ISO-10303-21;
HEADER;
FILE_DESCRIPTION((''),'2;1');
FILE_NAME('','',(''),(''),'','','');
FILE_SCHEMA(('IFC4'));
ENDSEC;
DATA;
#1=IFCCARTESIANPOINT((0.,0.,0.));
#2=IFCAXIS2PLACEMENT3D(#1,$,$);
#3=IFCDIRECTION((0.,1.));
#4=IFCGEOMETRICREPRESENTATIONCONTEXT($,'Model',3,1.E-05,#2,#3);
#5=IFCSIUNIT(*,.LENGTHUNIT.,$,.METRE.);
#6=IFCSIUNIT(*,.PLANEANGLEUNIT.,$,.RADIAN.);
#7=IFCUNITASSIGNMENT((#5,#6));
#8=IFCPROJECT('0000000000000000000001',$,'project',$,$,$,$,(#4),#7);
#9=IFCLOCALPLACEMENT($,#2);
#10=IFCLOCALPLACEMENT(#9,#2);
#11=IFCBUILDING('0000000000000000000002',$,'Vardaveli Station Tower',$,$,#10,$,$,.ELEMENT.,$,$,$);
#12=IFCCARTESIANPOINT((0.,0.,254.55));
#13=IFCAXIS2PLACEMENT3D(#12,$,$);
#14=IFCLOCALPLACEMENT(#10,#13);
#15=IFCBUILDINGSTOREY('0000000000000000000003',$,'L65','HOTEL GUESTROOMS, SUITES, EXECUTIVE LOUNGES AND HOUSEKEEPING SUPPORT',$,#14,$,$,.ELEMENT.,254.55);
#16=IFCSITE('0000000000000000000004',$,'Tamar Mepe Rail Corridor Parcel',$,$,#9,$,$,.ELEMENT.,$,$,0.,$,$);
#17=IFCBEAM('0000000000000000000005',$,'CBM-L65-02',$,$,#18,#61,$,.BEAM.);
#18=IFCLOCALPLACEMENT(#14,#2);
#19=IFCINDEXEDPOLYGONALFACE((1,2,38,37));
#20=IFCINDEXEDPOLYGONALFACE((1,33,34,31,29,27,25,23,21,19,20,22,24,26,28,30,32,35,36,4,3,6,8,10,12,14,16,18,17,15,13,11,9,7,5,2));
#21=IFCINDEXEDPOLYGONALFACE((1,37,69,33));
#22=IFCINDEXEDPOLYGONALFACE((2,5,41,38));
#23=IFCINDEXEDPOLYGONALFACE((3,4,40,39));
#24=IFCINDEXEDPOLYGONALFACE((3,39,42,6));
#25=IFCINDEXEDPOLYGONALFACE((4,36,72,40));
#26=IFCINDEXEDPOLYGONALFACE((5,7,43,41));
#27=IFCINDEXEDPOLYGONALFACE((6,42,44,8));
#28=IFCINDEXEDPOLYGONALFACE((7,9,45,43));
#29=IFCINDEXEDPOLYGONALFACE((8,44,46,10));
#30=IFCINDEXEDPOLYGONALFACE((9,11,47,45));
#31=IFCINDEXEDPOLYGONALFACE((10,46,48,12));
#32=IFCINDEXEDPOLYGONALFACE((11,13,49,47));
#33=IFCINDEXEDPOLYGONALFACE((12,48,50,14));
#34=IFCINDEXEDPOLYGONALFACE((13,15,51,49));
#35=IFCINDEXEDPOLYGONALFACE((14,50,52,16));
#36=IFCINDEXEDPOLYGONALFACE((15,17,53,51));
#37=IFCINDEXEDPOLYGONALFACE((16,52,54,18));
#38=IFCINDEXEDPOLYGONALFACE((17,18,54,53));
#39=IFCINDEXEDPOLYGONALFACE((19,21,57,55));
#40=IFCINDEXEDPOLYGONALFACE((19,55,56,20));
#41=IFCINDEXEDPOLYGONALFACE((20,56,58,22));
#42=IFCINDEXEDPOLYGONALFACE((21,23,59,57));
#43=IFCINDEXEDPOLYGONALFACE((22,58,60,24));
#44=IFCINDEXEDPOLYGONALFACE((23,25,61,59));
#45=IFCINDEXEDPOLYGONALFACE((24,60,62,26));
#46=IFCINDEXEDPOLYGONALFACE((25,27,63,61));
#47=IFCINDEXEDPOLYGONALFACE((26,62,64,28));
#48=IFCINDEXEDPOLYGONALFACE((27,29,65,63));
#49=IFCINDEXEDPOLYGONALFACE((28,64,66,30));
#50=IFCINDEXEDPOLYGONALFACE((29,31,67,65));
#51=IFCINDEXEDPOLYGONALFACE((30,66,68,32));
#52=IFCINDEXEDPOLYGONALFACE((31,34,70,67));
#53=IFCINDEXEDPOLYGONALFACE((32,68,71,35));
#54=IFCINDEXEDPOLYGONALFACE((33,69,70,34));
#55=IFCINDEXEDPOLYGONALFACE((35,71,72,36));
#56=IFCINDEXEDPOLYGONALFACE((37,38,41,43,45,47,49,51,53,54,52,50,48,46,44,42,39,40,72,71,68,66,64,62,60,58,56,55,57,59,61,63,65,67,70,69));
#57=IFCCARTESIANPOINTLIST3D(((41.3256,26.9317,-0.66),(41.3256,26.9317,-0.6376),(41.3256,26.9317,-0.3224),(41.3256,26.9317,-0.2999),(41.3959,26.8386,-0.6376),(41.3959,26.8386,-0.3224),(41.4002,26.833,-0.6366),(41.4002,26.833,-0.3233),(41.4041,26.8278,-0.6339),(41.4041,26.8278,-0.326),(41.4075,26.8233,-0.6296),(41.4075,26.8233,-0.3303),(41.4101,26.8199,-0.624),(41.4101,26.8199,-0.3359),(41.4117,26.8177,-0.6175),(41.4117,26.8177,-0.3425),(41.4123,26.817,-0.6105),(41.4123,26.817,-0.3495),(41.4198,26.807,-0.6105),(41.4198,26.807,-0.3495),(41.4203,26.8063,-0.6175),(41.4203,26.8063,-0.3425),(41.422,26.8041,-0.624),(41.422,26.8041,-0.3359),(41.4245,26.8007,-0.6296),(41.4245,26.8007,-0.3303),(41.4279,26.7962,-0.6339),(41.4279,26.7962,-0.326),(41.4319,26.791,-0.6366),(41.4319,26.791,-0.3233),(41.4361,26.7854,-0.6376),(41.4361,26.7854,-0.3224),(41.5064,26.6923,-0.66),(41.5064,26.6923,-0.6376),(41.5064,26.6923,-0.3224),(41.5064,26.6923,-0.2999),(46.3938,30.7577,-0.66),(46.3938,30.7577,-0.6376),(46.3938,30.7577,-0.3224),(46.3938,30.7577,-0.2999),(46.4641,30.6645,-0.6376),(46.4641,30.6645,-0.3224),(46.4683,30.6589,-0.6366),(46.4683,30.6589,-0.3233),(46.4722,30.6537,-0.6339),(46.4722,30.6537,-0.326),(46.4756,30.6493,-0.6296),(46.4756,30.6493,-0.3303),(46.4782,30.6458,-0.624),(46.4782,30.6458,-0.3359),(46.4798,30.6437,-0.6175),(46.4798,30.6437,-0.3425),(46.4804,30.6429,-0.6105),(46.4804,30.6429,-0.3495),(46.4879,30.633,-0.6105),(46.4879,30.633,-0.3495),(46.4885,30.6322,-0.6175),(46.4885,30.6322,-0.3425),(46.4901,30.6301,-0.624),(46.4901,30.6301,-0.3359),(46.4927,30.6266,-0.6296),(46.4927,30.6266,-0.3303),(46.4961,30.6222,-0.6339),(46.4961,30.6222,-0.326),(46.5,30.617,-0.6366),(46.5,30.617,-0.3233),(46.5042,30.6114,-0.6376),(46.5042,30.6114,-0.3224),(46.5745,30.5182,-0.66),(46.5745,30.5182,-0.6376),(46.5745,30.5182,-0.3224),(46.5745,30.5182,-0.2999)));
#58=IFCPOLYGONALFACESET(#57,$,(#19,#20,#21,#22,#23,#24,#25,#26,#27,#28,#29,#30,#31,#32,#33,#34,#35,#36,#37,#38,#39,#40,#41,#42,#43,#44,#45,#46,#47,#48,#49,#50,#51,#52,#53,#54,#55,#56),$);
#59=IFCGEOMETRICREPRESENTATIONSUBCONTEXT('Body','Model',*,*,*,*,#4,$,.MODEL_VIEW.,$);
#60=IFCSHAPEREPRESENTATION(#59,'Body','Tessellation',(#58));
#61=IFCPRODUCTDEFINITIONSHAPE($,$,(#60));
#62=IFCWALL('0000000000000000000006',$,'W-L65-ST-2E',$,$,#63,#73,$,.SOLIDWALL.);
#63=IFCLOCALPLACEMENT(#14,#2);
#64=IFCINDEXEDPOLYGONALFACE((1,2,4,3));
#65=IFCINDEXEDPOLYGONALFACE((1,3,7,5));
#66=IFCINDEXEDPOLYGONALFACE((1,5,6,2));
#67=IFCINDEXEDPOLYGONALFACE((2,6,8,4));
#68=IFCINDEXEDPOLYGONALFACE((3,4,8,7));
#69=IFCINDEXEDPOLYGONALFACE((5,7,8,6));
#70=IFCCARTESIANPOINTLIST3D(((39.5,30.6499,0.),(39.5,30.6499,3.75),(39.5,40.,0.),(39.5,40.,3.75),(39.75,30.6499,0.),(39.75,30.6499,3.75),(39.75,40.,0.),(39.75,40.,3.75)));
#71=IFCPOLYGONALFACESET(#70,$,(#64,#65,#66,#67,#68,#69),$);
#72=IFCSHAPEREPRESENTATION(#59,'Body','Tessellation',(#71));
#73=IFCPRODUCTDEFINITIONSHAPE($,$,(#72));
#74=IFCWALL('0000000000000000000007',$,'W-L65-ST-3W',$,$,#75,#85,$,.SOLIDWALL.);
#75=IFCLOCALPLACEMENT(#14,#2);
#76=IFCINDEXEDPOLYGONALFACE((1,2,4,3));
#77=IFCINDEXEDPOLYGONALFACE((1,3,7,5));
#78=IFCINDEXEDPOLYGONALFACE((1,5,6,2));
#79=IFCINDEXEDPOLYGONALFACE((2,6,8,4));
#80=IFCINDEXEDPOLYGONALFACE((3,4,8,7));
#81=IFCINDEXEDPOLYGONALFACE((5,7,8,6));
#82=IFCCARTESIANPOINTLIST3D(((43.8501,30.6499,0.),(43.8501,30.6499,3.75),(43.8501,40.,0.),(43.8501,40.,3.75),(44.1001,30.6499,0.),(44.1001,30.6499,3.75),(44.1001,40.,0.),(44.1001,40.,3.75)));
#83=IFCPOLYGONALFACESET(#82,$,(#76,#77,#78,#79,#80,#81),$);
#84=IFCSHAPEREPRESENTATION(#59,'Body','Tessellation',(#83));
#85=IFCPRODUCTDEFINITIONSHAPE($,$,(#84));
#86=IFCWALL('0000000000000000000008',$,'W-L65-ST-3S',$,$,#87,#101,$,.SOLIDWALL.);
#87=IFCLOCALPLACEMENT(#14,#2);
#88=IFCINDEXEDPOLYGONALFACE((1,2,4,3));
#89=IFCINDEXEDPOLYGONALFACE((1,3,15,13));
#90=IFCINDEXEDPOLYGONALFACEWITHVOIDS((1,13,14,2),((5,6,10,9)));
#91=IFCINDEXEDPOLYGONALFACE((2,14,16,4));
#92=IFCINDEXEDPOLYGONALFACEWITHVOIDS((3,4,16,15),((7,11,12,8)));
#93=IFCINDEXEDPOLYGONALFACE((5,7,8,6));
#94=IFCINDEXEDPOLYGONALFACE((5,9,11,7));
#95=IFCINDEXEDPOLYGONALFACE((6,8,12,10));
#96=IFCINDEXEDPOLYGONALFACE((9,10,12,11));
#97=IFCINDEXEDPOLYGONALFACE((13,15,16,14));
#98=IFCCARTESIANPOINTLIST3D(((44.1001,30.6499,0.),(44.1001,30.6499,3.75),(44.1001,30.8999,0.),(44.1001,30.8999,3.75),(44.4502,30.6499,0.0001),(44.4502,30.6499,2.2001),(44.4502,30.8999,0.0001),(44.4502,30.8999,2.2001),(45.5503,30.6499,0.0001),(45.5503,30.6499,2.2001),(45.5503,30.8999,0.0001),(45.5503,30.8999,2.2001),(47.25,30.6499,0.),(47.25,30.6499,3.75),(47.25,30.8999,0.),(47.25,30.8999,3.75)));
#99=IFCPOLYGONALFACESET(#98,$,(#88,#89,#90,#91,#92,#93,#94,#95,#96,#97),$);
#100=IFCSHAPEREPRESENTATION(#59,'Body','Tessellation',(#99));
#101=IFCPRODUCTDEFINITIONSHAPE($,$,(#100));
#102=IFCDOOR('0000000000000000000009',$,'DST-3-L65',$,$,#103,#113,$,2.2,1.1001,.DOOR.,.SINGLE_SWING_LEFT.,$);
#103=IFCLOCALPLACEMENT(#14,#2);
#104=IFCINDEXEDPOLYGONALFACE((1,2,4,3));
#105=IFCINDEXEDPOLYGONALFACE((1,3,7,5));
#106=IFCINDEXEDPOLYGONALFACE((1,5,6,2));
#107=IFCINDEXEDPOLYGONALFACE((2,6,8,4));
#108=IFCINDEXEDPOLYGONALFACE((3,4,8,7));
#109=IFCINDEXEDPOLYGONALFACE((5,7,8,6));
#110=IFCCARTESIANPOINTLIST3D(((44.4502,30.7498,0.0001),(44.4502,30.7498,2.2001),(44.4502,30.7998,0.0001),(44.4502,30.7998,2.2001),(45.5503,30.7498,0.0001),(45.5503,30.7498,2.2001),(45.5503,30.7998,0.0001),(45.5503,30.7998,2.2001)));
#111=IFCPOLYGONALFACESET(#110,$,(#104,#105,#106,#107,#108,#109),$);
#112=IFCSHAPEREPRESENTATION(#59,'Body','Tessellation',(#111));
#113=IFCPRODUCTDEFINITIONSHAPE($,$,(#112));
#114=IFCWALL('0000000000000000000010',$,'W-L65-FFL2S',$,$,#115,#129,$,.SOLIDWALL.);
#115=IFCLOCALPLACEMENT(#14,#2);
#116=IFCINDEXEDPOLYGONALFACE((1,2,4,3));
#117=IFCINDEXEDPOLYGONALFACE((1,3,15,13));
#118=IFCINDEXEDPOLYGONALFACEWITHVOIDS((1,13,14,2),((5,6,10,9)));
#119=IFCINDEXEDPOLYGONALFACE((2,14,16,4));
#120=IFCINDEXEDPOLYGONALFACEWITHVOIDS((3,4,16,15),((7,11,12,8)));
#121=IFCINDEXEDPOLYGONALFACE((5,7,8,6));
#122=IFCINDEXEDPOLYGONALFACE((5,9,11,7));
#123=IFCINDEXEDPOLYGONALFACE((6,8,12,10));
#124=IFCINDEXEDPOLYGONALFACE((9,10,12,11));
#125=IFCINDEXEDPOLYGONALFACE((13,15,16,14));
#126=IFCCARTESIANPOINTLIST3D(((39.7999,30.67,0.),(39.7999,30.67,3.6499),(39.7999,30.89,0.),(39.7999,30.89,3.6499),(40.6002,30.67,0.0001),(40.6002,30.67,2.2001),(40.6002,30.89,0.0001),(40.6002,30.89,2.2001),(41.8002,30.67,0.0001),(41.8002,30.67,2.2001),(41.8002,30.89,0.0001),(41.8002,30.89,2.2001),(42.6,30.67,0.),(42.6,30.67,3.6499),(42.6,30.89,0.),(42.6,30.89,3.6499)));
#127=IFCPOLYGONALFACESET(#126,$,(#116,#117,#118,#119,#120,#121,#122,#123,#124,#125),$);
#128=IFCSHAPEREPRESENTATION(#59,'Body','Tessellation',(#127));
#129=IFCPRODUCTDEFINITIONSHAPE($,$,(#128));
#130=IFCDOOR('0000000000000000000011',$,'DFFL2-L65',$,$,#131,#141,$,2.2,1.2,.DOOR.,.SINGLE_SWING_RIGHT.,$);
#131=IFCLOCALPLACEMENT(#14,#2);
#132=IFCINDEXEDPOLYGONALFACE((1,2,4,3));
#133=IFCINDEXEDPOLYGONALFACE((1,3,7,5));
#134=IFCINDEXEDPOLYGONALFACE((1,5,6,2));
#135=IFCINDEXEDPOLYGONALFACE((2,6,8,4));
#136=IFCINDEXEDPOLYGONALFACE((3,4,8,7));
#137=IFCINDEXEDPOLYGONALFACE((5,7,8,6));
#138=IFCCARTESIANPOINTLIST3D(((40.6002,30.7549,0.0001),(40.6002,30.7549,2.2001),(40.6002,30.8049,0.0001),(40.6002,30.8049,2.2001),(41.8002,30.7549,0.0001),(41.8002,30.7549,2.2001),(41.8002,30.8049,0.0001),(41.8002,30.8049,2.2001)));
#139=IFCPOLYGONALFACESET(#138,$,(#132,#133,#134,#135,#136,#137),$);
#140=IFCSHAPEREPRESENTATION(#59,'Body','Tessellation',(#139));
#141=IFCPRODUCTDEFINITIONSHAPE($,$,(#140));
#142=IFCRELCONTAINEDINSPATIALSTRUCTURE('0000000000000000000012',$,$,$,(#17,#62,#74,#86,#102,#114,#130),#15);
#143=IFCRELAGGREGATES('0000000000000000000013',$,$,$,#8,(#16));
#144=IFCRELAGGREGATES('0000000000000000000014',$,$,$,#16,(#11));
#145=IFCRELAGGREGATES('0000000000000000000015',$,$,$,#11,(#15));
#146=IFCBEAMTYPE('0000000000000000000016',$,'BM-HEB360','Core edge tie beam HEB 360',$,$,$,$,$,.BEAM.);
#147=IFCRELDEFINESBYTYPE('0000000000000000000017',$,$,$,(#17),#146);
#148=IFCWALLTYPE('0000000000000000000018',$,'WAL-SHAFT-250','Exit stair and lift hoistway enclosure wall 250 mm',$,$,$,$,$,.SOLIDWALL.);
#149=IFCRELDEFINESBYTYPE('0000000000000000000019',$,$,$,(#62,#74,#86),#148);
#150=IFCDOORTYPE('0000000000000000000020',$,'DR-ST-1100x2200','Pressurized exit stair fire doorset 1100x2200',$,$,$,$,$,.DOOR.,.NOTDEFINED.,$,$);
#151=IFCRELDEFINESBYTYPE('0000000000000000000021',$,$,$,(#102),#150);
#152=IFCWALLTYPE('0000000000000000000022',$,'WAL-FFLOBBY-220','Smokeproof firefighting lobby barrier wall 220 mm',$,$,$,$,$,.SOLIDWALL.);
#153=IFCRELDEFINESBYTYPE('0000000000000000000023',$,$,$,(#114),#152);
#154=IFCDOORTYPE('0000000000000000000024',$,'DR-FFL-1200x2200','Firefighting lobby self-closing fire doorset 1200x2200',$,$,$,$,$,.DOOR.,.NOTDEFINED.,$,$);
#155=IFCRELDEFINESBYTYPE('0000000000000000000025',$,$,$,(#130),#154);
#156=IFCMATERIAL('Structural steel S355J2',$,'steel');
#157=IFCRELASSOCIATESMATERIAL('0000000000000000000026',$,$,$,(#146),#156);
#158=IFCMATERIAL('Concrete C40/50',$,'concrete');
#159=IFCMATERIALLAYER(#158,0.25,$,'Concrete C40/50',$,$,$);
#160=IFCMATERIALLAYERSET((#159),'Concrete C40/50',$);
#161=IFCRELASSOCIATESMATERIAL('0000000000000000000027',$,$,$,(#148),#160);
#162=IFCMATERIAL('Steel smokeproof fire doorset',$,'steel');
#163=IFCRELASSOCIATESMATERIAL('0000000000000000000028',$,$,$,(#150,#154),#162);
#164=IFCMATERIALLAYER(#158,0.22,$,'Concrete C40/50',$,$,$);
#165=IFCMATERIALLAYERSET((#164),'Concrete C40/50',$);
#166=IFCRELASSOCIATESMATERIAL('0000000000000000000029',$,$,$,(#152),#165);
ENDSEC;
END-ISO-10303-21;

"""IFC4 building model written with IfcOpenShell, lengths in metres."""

from ifc_helpers import new_model, si_unit, direction, frame, frame_2d, origin, origin_2d, place, context, subcontext, project, spatial, rectangle, i_section, extrude, source, transform, mapped, material, layer, layer_set, material_profile, profile_set, type_object, element, fill, save


model = new_model("IFC4")

# Units and contexts
model_context = context("Model", 3, precision=1e-05, world=origin(), true_north=direction((0.0, 1.0)))
body_context = subcontext(model_context, "Body", "Model", "MODEL_VIEW")
ifc_project = project(units=[si_unit("LENGTHUNIT", "METRE"), si_unit("PLANEANGLEUNIT", "RADIAN")], contexts=[model_context])

# Site, building, storey
site_placement = place(None, origin())
site = spatial("IfcSite", under=ifc_project, at=site_placement, Name="Tamar Mepe Rail Corridor Parcel", CompositionType="ELEMENT", RefElevation=0.0)
building_placement = place(site_placement, origin())
building = spatial("IfcBuilding", under=site, at=building_placement, Name="Vardaveli Station Tower", CompositionType="ELEMENT")
storey_placement = place(building_placement, frame((0.0, 0.0, 254.55)))
storey = spatial("IfcBuildingStorey", under=building, at=storey_placement, Name="L65", Description="HOTEL GUESTROOMS, SUITES, EXECUTIVE LOUNGES AND HOUSEKEEPING SUPPORT", CompositionType="ELEMENT", Elevation=254.55)

# Beam
ifc_material_1 = material(Name="Structural steel S355J2", Category="steel")
ifc_material_profile = material_profile(ifc_material_1, i_section(OverallWidth=0.3, OverallDepth=0.3601, WebThickness=0.0125, FlangeThickness=0.0225, FilletRadius=0.0271, at=origin_2d()), Name="HEB 360")
ifc_profile_set = profile_set([ifc_material_profile], Name="Structural steel S355J2")
beam_type = type_object("IfcBeamType", Name="BM-HEB360", Description="Core edge tie beam HEB 360", PredefinedType="BEAM", material=ifc_profile_set)
shared_shape_1 = source(origin(), body_context, "Body", "SweptSolid", [
    extrude(i_section(OverallWidth=0.3, OverallDepth=0.3601, WebThickness=0.0125, FlangeThickness=0.0225, FilletRadius=0.0271, at=origin_2d()), origin(), (0.0, 0.0, 1.0), 6.3501),
])
beam_placement = place(storey_placement, frame((41.416, 26.812, -0.48), z_axis=(0.798118, 0.602501, 0.0), x_axis=(-0.602501, 0.798118, 0.0)))
element("IfcBeam", 1, at=beam_placement, inside=storey, type_object=beam_type, Name="CBM-L65-02", PredefinedType="BEAM", context=body_context, shape_type="MappedRepresentation", body=[
    mapped(shared_shape_1, transform((0.0, 0.0, 0.0), scale=1.0)),
])

# Walls
ifc_material_2 = material(Name="Concrete C40/50", Category="concrete")
ifc_layer_1 = layer(ifc_material_2, 0.25, Name="Concrete C40/50")
ifc_layer_set_1 = layer_set([ifc_layer_1], Name="Concrete C40/50")
wall_type_1 = type_object("IfcWallType", Name="WAL-SHAFT-250", Description="Exit stair and lift hoistway enclosure wall 250 mm", PredefinedType="SOLIDWALL", material=ifc_layer_set_1)
shared_shape_2 = source(origin(), body_context, "Body", "SweptSolid", [
    extrude(rectangle(XDim=9.3501, YDim=0.25, at=frame_2d((4.675, 0.0))), origin(), (0.0, 0.0, 1.0), 3.75),
])
for number, where, z_axis, x_axis, name in (
    (2, (39.625, 30.6499, 0.0), (0.0, 0.0, 1.0), (0.0, 1.0, 0.0), "W-L65-ST-2E"),
    (3, (43.9751, 30.6499, 0.0), (0.0, 0.0, 1.0), (0.0, 1.0, 0.0), "W-L65-ST-3W"),
):
    element("IfcWall", number, at=place(storey_placement, frame(where, z_axis=z_axis, x_axis=x_axis)), inside=storey, type_object=wall_type_1, Name=name, PredefinedType="SOLIDWALL", context=body_context, shape_type="MappedRepresentation", body=[
        mapped(shared_shape_2, transform((0.0, 0.0, 0.0), scale=1.0)),
    ])

# Walls, openings, doors
shared_shape_3 = source(origin(), body_context, "Body", "SweptSolid", [
    extrude(rectangle(XDim=3.1499, YDim=0.25, at=frame_2d((1.575, 0.0))), origin(), (0.0, 0.0, 1.0), 3.75),
])
wall_1_placement = place(storey_placement, frame((44.1001, 30.7749, 0.0), z_axis=(0.0, 0.0, 1.0), x_axis=(1.0, 0.0, 0.0)))
wall_1 = element("IfcWall", 4, at=wall_1_placement, inside=storey, type_object=wall_type_1, Name="W-L65-ST-3S", PredefinedType="SOLIDWALL", context=body_context, shape_type="MappedRepresentation", body=[
    mapped(shared_shape_3, transform((0.0, 0.0, 0.0), scale=1.0)),
])
shared_shape_4 = source(origin(), body_context, "Body", "SweptSolid", [
    extrude(rectangle(XDim=1.1001, YDim=2.2, at=frame_2d((0.55, 1.1001))), frame((0.0, 0.135, 0.0), z_axis=(0.0, -1.0, 0.0), x_axis=(1.0, 0.0, 0.0)), (0.0, 0.0, 1.0), 0.27),
])
opening_1_placement = place(wall_1_placement, frame((0.3501, 0.0, 0.0)))
opening_1 = element("IfcOpeningElement", 5, at=opening_1_placement, cuts=wall_1, PredefinedType="OPENING", context=body_context, shape_type="MappedRepresentation", body=[
    mapped(shared_shape_4, transform((0.0, 0.0, 0.0), scale=1.0)),
])
ifc_material_3 = material(Name="Steel smokeproof fire doorset", Category="steel")
door_type_1 = type_object("IfcDoorType", Name="DR-ST-1100x2200", Description="Pressurized exit stair fire doorset 1100x2200", OperationType="NOTDEFINED", PredefinedType="DOOR", material=ifc_material_3)
shared_shape_5 = source(origin(), body_context, "Body", "SweptSolid", [
    extrude(rectangle(XDim=1.1001, YDim=2.2, at=frame_2d((0.55, 1.1001))), frame((0.0, 0.0249, 0.0), z_axis=(0.0, -1.0, 0.0), x_axis=(1.0, 0.0, 0.0)), (0.0, 0.0, 1.0), 0.05),
])
door_1_placement = place(opening_1_placement, origin())
door_1 = element("IfcDoor", 6, at=door_1_placement, inside=storey, type_object=door_type_1, Name="DST-3-L65", OperationType="SINGLE_SWING_LEFT", OverallHeight=2.2, OverallWidth=1.1001, PredefinedType="DOOR", context=body_context, shape_type="MappedRepresentation", body=[
    mapped(shared_shape_5, transform((0.0, 0.0, 0.0), scale=1.0)),
])
fill(opening_1, door_1)
ifc_layer_2 = layer(ifc_material_2, 0.22, Name="Concrete C40/50")
ifc_layer_set_2 = layer_set([ifc_layer_2], Name="Concrete C40/50")
wall_type_2 = type_object("IfcWallType", Name="WAL-FFLOBBY-220", Description="Smokeproof firefighting lobby barrier wall 220 mm", PredefinedType="SOLIDWALL", material=ifc_layer_set_2)
shared_shape_6 = source(origin(), body_context, "Body", "SweptSolid", [
    extrude(rectangle(XDim=2.8, YDim=0.22, at=frame_2d((1.3999, 0.0))), origin(), (0.0, 0.0, 1.0), 3.6499),
])
wall_2_placement = place(storey_placement, frame((39.8, 30.78, 0.0), z_axis=(0.0, 0.0, 1.0), x_axis=(1.0, 0.0, 0.0)))
wall_2 = element("IfcWall", 7, at=wall_2_placement, inside=storey, type_object=wall_type_2, Name="W-L65-FFL2S", PredefinedType="SOLIDWALL", context=body_context, shape_type="MappedRepresentation", body=[
    mapped(shared_shape_6, transform((0.0, 0.0, 0.0), scale=1.0)),
])
shared_shape_7 = source(origin(), body_context, "Body", "SweptSolid", [
    extrude(rectangle(XDim=1.2, YDim=2.2, at=frame_2d((0.6001, 1.1001))), frame((0.0, 0.1201, 0.0), z_axis=(0.0, -1.0, 0.0), x_axis=(1.0, 0.0, 0.0)), (0.0, 0.0, 1.0), 0.24),
])
opening_2_placement = place(wall_2_placement, frame((0.8, 0.0, 0.0)))
opening_2 = element("IfcOpeningElement", 8, at=opening_2_placement, cuts=wall_2, PredefinedType="OPENING", context=body_context, shape_type="MappedRepresentation", body=[
    mapped(shared_shape_7, transform((0.0, 0.0, 0.0), scale=1.0)),
])
door_type_2 = type_object("IfcDoorType", Name="DR-FFL-1200x2200", Description="Firefighting lobby self-closing fire doorset 1200x2200", OperationType="NOTDEFINED", PredefinedType="DOOR", material=ifc_material_3)
shared_shape_8 = source(origin(), body_context, "Body", "SweptSolid", [
    extrude(rectangle(XDim=1.2, YDim=2.2, at=frame_2d((0.6001, 1.1001))), frame((0.0, 0.0249, 0.0), z_axis=(0.0, -1.0, 0.0), x_axis=(1.0, 0.0, 0.0)), (0.0, 0.0, 1.0), 0.05),
])
door_2_placement = place(opening_2_placement, origin())
door_2 = element("IfcDoor", 9, at=door_2_placement, inside=storey, type_object=door_type_2, Name="DFFL2-L65", OperationType="SINGLE_SWING_RIGHT", OverallHeight=2.2, OverallWidth=1.2, PredefinedType="DOOR", context=body_context, shape_type="MappedRepresentation", body=[
    mapped(shared_shape_8, transform((0.0, 0.0, 0.0), scale=1.0)),
])
fill(opening_2, door_2)

save(model, "model.ifc")
